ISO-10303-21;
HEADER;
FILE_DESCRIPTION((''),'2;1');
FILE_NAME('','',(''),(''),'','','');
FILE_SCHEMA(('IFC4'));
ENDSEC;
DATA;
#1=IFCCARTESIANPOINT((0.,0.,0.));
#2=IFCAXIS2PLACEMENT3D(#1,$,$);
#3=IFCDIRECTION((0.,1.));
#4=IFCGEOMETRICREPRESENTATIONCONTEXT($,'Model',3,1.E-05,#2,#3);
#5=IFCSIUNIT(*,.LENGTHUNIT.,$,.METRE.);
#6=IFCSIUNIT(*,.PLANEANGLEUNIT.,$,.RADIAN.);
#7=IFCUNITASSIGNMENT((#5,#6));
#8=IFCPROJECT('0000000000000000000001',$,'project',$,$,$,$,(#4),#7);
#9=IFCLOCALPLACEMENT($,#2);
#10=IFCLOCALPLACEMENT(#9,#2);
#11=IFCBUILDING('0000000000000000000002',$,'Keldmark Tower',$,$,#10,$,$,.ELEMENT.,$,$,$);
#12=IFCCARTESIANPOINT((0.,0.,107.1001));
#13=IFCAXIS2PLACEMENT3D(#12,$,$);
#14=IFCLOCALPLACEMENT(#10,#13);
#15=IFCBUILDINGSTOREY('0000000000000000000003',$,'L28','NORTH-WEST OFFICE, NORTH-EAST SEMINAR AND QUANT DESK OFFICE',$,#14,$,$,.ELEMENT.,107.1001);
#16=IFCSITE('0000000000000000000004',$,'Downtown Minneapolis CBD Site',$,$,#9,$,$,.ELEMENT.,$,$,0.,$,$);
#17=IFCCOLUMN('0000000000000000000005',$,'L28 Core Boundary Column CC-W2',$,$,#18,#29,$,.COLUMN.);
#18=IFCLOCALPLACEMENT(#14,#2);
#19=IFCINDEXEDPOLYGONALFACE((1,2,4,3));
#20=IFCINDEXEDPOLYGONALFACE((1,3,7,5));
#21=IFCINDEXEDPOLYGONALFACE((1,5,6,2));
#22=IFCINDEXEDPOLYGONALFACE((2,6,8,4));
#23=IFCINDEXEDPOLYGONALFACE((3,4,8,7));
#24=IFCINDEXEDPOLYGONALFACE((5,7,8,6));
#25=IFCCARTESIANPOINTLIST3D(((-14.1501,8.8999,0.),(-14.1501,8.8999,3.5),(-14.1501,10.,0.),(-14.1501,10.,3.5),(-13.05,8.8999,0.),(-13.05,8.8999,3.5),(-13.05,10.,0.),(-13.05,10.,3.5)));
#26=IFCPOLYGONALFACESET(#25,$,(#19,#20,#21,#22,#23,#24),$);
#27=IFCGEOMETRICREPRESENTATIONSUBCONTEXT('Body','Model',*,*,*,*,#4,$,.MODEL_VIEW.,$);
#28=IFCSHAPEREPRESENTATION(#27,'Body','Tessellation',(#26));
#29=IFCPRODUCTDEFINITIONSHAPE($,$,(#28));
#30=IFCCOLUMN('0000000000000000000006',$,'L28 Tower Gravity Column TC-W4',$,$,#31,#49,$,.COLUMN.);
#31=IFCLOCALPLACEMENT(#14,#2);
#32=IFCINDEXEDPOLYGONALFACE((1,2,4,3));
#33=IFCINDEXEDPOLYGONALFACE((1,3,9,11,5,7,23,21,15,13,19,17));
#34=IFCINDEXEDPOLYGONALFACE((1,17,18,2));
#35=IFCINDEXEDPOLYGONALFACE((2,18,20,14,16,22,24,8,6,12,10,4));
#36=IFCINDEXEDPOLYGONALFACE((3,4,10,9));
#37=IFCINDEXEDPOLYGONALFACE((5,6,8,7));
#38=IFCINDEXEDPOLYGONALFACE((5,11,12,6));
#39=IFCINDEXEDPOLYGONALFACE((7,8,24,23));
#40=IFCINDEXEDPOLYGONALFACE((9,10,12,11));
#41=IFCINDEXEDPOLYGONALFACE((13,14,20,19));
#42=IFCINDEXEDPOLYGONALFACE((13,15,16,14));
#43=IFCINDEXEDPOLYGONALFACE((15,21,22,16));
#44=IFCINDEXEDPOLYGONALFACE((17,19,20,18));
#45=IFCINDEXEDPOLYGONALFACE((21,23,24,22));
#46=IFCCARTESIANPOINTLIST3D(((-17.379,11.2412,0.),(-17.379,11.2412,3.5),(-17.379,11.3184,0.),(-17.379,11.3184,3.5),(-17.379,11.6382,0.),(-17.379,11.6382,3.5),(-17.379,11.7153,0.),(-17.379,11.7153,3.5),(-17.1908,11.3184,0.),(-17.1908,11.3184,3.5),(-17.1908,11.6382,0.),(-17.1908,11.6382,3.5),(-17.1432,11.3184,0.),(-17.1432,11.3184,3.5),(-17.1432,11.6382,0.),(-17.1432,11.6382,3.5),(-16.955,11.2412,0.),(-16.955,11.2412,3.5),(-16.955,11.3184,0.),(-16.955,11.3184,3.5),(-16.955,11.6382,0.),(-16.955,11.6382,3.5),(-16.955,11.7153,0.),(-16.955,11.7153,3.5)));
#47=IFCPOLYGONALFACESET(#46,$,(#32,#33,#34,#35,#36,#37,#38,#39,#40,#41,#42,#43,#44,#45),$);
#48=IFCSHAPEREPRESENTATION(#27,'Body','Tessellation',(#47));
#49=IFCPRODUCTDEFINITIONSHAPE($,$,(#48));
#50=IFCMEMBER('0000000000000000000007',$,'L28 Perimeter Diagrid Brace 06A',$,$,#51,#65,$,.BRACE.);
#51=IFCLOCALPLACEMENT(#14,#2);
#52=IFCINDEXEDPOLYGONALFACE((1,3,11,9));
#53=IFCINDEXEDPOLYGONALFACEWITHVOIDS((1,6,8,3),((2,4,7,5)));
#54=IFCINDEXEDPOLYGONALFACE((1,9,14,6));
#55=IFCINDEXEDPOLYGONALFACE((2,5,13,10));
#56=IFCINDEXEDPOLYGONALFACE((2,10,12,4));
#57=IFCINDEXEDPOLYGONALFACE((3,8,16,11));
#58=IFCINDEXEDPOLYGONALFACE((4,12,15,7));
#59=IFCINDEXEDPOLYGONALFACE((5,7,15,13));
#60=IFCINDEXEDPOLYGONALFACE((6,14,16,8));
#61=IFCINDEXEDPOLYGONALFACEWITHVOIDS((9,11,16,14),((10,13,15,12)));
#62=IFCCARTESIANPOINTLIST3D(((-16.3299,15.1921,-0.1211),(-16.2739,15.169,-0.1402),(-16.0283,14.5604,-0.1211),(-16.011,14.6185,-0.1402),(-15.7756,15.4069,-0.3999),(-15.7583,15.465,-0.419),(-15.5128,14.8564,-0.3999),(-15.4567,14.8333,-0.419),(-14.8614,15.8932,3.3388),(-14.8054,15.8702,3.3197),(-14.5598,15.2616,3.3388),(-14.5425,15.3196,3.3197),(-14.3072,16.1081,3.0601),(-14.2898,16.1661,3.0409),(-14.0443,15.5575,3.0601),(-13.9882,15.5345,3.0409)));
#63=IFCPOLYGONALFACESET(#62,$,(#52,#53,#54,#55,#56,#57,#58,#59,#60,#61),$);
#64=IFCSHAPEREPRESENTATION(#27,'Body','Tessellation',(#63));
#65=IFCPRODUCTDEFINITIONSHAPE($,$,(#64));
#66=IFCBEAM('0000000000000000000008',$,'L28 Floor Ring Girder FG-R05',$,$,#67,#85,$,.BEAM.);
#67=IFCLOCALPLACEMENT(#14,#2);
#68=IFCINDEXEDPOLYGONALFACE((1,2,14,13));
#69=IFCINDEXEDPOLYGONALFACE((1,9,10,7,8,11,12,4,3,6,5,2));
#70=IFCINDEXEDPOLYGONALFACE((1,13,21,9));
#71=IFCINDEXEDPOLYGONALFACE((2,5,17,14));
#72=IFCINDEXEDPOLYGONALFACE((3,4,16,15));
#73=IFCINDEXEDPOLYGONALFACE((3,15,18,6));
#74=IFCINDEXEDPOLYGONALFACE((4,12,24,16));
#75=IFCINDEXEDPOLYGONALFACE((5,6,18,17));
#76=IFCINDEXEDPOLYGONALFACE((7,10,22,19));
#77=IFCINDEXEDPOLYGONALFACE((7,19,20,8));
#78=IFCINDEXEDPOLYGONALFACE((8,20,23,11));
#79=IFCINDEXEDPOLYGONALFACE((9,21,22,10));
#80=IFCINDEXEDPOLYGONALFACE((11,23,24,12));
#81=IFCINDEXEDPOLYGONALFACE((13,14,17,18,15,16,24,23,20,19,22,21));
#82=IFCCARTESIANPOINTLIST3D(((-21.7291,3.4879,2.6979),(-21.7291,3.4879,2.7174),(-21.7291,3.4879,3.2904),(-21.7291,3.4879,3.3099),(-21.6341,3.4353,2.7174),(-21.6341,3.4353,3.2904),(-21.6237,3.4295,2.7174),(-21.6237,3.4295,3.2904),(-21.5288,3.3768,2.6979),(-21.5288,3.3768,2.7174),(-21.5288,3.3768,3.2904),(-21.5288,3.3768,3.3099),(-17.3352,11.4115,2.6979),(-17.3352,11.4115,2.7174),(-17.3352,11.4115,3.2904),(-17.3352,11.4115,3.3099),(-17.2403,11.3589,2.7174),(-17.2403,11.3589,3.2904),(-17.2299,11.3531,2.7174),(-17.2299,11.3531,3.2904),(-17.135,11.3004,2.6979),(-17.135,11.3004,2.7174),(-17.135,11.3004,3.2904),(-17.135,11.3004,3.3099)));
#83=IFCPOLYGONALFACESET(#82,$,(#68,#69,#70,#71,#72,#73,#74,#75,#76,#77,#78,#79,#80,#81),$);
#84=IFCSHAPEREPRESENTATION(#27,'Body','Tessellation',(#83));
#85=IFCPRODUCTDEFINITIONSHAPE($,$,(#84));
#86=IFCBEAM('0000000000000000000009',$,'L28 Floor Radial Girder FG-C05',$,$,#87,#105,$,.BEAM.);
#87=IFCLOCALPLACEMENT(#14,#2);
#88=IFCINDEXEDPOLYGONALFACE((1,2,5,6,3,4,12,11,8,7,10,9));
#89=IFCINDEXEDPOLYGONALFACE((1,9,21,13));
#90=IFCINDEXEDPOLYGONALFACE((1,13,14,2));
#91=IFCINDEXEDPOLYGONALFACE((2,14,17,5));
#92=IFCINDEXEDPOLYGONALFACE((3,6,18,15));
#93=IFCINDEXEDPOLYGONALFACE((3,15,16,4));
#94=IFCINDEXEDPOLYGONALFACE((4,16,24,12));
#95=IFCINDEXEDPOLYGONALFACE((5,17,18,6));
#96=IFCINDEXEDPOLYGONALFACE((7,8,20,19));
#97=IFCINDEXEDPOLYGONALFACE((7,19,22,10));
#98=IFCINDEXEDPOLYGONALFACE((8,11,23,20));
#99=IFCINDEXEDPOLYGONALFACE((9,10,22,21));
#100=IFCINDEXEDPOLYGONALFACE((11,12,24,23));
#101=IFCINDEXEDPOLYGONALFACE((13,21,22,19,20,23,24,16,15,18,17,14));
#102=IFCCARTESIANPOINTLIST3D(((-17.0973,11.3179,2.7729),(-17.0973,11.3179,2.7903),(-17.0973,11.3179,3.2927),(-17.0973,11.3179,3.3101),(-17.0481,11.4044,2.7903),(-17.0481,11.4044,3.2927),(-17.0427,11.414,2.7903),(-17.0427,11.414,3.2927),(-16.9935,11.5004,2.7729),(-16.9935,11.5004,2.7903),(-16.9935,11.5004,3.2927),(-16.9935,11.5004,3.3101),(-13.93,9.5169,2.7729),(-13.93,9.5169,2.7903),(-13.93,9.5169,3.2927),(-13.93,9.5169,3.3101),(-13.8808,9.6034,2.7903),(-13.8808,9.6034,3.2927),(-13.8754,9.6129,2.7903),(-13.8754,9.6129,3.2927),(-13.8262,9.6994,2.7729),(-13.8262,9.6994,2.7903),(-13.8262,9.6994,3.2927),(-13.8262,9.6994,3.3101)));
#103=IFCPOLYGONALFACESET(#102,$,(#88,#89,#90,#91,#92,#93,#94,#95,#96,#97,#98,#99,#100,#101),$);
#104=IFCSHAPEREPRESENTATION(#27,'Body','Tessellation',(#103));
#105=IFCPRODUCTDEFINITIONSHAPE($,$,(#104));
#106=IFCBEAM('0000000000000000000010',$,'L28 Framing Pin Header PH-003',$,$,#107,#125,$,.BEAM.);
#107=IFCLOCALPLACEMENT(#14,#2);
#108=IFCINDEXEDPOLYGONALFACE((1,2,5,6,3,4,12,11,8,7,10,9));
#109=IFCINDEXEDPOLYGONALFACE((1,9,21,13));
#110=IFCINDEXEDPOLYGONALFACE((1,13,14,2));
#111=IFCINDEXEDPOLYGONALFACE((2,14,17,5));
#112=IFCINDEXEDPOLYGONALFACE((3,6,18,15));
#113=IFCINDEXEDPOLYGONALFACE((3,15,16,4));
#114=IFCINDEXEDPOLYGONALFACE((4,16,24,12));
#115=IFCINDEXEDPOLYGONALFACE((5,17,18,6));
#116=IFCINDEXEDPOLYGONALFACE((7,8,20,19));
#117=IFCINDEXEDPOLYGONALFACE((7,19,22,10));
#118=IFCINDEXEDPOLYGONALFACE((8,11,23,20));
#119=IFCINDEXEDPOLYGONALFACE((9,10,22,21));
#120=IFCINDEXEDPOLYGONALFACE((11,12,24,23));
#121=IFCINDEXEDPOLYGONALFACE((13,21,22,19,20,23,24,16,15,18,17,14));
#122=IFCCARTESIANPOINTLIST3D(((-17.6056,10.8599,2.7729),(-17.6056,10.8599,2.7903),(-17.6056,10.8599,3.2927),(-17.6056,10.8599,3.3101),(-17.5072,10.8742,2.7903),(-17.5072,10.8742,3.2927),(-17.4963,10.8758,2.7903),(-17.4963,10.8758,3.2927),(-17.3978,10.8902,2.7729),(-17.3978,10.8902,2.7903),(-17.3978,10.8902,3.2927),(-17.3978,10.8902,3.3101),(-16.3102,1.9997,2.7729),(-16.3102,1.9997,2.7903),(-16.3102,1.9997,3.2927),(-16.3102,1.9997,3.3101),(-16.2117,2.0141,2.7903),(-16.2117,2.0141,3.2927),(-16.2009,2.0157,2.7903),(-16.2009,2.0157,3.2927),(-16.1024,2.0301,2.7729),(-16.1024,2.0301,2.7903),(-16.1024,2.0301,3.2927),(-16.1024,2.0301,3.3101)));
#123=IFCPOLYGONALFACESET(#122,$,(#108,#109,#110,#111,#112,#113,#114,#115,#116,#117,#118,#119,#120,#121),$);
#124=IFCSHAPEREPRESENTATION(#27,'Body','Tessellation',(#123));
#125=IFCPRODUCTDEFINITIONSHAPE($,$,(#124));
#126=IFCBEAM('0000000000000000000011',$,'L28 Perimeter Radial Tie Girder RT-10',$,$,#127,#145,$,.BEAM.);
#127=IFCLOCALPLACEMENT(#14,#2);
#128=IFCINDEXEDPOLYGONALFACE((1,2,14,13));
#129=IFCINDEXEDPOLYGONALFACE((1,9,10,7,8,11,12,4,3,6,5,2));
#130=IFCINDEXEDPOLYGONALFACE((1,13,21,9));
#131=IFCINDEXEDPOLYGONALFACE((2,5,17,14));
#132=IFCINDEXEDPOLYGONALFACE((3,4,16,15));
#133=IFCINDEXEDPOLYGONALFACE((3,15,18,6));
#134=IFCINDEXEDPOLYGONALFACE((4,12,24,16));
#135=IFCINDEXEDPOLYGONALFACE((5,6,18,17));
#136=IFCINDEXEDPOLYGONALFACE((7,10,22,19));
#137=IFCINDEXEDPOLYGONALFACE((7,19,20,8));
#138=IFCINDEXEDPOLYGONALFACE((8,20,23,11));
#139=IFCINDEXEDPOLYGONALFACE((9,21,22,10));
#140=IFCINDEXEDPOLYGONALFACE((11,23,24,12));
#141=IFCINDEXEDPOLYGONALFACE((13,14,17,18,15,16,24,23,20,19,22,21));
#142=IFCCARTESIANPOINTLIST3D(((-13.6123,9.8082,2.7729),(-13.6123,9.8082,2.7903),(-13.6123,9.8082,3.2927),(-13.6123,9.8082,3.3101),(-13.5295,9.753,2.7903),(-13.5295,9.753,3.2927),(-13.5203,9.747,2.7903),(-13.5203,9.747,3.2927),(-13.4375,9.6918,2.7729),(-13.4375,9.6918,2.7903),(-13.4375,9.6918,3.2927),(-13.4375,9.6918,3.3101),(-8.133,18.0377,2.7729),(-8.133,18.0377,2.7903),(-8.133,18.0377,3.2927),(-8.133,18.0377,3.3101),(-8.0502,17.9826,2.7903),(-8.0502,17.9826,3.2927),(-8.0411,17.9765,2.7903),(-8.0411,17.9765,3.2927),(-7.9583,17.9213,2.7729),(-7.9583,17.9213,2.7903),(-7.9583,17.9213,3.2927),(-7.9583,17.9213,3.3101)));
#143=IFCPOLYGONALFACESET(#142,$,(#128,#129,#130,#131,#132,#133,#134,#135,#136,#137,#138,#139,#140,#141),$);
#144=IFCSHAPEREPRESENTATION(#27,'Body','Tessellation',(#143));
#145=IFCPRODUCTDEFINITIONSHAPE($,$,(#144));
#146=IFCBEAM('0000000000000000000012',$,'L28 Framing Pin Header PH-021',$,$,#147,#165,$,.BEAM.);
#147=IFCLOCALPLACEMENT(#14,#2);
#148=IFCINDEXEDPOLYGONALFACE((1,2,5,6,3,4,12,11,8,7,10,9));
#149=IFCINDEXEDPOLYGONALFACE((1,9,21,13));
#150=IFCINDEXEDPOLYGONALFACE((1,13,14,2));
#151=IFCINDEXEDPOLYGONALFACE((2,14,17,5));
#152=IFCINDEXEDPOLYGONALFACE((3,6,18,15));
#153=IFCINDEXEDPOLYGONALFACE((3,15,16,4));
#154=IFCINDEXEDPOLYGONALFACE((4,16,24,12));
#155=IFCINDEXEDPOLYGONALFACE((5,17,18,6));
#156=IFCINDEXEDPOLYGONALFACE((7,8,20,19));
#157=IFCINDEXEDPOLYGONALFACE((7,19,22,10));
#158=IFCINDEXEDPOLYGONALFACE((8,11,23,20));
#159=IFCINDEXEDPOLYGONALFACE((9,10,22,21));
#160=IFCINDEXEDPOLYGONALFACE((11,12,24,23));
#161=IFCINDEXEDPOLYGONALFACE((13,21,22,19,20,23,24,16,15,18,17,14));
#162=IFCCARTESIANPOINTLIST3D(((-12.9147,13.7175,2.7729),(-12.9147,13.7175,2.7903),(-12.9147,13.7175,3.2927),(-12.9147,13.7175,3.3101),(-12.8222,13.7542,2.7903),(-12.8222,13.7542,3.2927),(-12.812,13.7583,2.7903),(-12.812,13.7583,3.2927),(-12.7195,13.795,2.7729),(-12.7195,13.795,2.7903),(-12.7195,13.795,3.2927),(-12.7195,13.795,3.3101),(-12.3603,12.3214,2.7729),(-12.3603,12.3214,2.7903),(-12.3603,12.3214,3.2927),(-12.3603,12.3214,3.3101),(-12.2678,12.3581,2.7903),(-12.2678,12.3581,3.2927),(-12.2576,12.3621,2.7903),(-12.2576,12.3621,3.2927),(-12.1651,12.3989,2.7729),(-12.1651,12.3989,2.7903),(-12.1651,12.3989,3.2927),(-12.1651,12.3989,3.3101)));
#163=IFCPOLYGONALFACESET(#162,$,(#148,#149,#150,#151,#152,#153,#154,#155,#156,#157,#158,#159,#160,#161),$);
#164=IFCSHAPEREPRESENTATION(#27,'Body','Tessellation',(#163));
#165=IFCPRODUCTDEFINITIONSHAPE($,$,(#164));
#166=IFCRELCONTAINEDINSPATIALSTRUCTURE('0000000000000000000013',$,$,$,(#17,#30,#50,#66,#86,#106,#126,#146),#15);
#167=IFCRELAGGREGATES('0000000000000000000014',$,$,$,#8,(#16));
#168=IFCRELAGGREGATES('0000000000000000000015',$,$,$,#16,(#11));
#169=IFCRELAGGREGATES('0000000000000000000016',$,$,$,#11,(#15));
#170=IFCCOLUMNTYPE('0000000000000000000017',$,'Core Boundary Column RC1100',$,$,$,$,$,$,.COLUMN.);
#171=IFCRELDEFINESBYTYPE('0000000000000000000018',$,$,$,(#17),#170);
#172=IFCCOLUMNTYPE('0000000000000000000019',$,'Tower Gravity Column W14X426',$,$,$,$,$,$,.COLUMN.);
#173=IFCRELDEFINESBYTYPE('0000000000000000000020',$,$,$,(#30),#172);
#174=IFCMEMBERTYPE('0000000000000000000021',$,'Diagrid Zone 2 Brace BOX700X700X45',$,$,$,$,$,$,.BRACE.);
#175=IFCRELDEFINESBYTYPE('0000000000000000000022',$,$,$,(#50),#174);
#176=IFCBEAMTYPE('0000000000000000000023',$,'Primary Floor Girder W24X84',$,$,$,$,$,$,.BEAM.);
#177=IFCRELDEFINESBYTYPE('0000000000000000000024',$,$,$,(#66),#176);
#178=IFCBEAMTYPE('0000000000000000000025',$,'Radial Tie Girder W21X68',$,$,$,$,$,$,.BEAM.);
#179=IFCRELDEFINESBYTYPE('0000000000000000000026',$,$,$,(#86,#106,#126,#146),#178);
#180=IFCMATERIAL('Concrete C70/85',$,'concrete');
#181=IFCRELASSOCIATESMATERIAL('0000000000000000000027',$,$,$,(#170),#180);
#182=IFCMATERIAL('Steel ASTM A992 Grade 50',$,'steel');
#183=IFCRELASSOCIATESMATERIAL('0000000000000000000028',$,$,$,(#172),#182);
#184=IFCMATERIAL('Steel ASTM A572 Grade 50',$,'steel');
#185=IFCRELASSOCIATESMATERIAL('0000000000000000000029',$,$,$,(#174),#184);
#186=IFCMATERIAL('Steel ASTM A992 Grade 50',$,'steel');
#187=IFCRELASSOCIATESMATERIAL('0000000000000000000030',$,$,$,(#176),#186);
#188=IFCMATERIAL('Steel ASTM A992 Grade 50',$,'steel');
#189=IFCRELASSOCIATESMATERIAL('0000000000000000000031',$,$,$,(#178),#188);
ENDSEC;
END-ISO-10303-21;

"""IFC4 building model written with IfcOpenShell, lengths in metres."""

from ifc_helpers import new_model, si_unit, direction, frame, origin, origin_2d, place, context, subcontext, project, spatial, rectangle, hollow_rectangle, i_section, extrude, material, material_profile, profile_set, type_object, element, save


model = new_model("IFC4")

# Units and contexts
model_context = context("Model", 3, precision=1e-05, world=origin(), true_north=direction((0.0, 1.0)))
body_context = subcontext(model_context, "Body", "Model", "MODEL_VIEW")
ifc_project = project(units=[si_unit("LENGTHUNIT", "METRE"), si_unit("PLANEANGLEUNIT", "RADIAN")], contexts=[model_context])

# Site, building, storey
site_placement = place(None, origin())
site = spatial("IfcSite", under=ifc_project, at=site_placement, Name="Downtown Minneapolis CBD Site", CompositionType="ELEMENT", RefElevation=0.0)
building_placement = place(site_placement, origin())
building = spatial("IfcBuilding", under=site, at=building_placement, Name="Keldmark Tower", CompositionType="ELEMENT")
storey_placement = place(building_placement, frame((0.0, 0.0, 107.1001)))
storey = spatial("IfcBuildingStorey", under=building, at=storey_placement, Name="L28", Description="NORTH-WEST OFFICE, NORTH-EAST SEMINAR AND QUANT DESK OFFICE", CompositionType="ELEMENT", Elevation=107.1001)

# Columns
ifc_material_1 = material(Name="Concrete C70/85", Category="concrete")
ifc_material_profile_1 = material_profile(ifc_material_1, rectangle(XDim=1.1001, YDim=1.1001, at=origin_2d()), Name="RC1100X1100")
ifc_profile_set_1 = profile_set([ifc_material_profile_1], Name="Concrete C70/85")
column_type_1 = type_object("IfcColumnType", Name="Core Boundary Column RC1100", PredefinedType="COLUMN", material=ifc_profile_set_1)
column_1_placement = place(storey_placement, frame((-13.6001, 9.45, 0.0), z_axis=(0.0, 0.0, 1.0), x_axis=(1.0, 0.0, 0.0)))
element("IfcColumn", 1, at=column_1_placement, inside=storey, type_object=column_type_1, Name="L28 Core Boundary Column CC-W2", PredefinedType="COLUMN", context=body_context, shape_type="SweptSolid", body=[
    extrude(rectangle(XDim=1.1001, YDim=1.1001, at=origin_2d()), origin(), (0.0, 0.0, 1.0), 3.5),
])
ifc_material_2 = material(Name="Steel ASTM A992 Grade 50", Category="steel")
ifc_material_profile_2 = material_profile(ifc_material_2, i_section(OverallWidth=0.4241, OverallDepth=0.4741, WebThickness=0.0476, FlangeThickness=0.0771, at=origin_2d()), Name="W14X426")
ifc_profile_set_2 = profile_set([ifc_material_profile_2], Name="Steel ASTM A992 Grade 50")
column_type_2 = type_object("IfcColumnType", Name="Tower Gravity Column W14X426", PredefinedType="COLUMN", material=ifc_profile_set_2)
column_2_placement = place(storey_placement, frame((-17.167, 11.4783, 0.0), z_axis=(0.0, 0.0, 1.0), x_axis=(1.0, 0.0, 0.0)))
element("IfcColumn", 2, at=column_2_placement, inside=storey, type_object=column_type_2, Name="L28 Tower Gravity Column TC-W4", PredefinedType="COLUMN", context=body_context, shape_type="SweptSolid", body=[
    extrude(i_section(OverallWidth=0.4241, OverallDepth=0.4741, WebThickness=0.0476, FlangeThickness=0.0771, at=origin_2d()), origin(), (0.0, 0.0, 1.0), 3.5),
])

# Member
ifc_material_3 = material(Name="Steel ASTM A572 Grade 50", Category="steel")
ifc_material_profile_3 = material_profile(ifc_material_3, hollow_rectangle(XDim=0.7, YDim=0.7, WallThickness=0.0449, at=origin_2d()), Name="BOX700X700X45")
ifc_profile_set_3 = profile_set([ifc_material_profile_3], Name="Steel ASTM A572 Grade 50")
member_type = type_object("IfcMemberType", Name="Diagrid Zone 2 Brace BOX700X700X45", PredefinedType="BRACE", material=ifc_profile_set_3)
member_placement = place(storey_placement, frame((-15.8933, 15.0127, -0.27), z_axis=(0.384069, 0.183383, 0.90491), x_axis=(-0.430877, 0.902411, 0.0)))
element("IfcMember", 3, at=member_placement, inside=storey, type_object=member_type, Name="L28 Perimeter Diagrid Brace 06A", PredefinedType="BRACE", context=body_context, shape_type="SweptSolid", body=[
    extrude(hollow_rectangle(XDim=0.7, YDim=0.7, WallThickness=0.0449, at=origin_2d()), origin(), (0.0, 0.0, 1.0), 3.8235),
])

# Beams
ifc_material_4 = material(Name="Steel ASTM A992 Grade 50", Category="steel")
ifc_material_profile_4 = material_profile(ifc_material_4, i_section(OverallWidth=0.229, OverallDepth=0.6121, WebThickness=0.012, FlangeThickness=0.0195, at=origin_2d()), Name="W24X84")
ifc_profile_set_4 = profile_set([ifc_material_profile_4], Name="Steel ASTM A992 Grade 50")
beam_type_1 = type_object("IfcBeamType", Name="Primary Floor Girder W24X84", PredefinedType="BEAM", material=ifc_profile_set_4)
beam_1_placement = place(storey_placement, frame((-17.2351, 11.356, 3.0039), z_axis=(-0.484952, -0.874541, 0.0), x_axis=(0.874541, -0.484952, 0.0)))
element("IfcBeam", 4, at=beam_1_placement, inside=storey, type_object=beam_type_1, Name="L28 Floor Ring Girder FG-R05", PredefinedType="BEAM", context=body_context, shape_type="SweptSolid", body=[
    extrude(i_section(OverallWidth=0.229, OverallDepth=0.6121, WebThickness=0.012, FlangeThickness=0.0195, at=origin_2d()), origin(), (0.0, 0.0, 1.0), 9.0603),
])
ifc_material_5 = material(Name="Steel ASTM A992 Grade 50", Category="steel")
ifc_material_profile_5 = material_profile(ifc_material_5, i_section(OverallWidth=0.21, OverallDepth=0.5371, WebThickness=0.011, FlangeThickness=0.0173, at=origin_2d()), Name="W21X68")
ifc_profile_set_5 = profile_set([ifc_material_profile_5], Name="Steel ASTM A992 Grade 50")
beam_type_2 = type_object("IfcBeamType", Name="Radial Tie Girder W21X68", PredefinedType="BEAM", material=ifc_profile_set_5)
beam_2_placement = place(storey_placement, frame((-17.0454, 11.4092, 3.0415), z_axis=(0.869284, -0.494312, 0.0), x_axis=(0.494312, 0.869284, 0.0)))
element("IfcBeam", 5, at=beam_2_placement, inside=storey, type_object=beam_type_2, Name="L28 Floor Radial Girder FG-C05", PredefinedType="BEAM", context=body_context, shape_type="SweptSolid", body=[
    extrude(i_section(OverallWidth=0.21, OverallDepth=0.5371, WebThickness=0.011, FlangeThickness=0.0173, at=origin_2d()), origin(), (0.0, 0.0, 1.0), 3.6436),
])
beam_3_placement = place(storey_placement, frame((-16.2063, 2.0149, 3.0415), z_axis=(-0.144669, 0.98948, 0.0), x_axis=(-0.98948, -0.144669, 0.0)))
element("IfcBeam", 6, at=beam_3_placement, inside=storey, type_object=beam_type_2, Name="L28 Framing Pin Header PH-003", PredefinedType="BEAM", context=body_context, shape_type="SweptSolid", body=[
    extrude(i_section(OverallWidth=0.21, OverallDepth=0.5371, WebThickness=0.011, FlangeThickness=0.0173, at=origin_2d()), origin(), (0.0, 0.0, 1.0), 8.9543),
])
beam_4_placement = place(storey_placement, frame((-13.5249, 9.75, 3.0415), z_axis=(0.554204, 0.832381, 0.0), x_axis=(-0.832381, 0.554204, 0.0)))
element("IfcBeam", 7, at=beam_4_placement, inside=storey, type_object=beam_type_2, Name="L28 Perimeter Radial Tie Girder RT-10", PredefinedType="BEAM", context=body_context, shape_type="SweptSolid", body=[
    extrude(i_section(OverallWidth=0.21, OverallDepth=0.5371, WebThickness=0.011, FlangeThickness=0.0173, at=origin_2d()), origin(), (0.0, 0.0, 1.0), 9.8867),
])
beam_5_placement = place(storey_placement, frame((-12.2627, 12.3601, 3.0415), z_axis=(-0.369064, 0.929404, 0.0), x_axis=(-0.929404, -0.369064, 0.0)))
element("IfcBeam", 8, at=beam_5_placement, inside=storey, type_object=beam_type_2, Name="L28 Framing Pin Header PH-021", PredefinedType="BEAM", context=body_context, shape_type="SweptSolid", body=[
    extrude(i_section(OverallWidth=0.21, OverallDepth=0.5371, WebThickness=0.011, FlangeThickness=0.0173, at=origin_2d()), origin(), (0.0, 0.0, 1.0), 1.5022),
])

save(model, "model.ifc")
